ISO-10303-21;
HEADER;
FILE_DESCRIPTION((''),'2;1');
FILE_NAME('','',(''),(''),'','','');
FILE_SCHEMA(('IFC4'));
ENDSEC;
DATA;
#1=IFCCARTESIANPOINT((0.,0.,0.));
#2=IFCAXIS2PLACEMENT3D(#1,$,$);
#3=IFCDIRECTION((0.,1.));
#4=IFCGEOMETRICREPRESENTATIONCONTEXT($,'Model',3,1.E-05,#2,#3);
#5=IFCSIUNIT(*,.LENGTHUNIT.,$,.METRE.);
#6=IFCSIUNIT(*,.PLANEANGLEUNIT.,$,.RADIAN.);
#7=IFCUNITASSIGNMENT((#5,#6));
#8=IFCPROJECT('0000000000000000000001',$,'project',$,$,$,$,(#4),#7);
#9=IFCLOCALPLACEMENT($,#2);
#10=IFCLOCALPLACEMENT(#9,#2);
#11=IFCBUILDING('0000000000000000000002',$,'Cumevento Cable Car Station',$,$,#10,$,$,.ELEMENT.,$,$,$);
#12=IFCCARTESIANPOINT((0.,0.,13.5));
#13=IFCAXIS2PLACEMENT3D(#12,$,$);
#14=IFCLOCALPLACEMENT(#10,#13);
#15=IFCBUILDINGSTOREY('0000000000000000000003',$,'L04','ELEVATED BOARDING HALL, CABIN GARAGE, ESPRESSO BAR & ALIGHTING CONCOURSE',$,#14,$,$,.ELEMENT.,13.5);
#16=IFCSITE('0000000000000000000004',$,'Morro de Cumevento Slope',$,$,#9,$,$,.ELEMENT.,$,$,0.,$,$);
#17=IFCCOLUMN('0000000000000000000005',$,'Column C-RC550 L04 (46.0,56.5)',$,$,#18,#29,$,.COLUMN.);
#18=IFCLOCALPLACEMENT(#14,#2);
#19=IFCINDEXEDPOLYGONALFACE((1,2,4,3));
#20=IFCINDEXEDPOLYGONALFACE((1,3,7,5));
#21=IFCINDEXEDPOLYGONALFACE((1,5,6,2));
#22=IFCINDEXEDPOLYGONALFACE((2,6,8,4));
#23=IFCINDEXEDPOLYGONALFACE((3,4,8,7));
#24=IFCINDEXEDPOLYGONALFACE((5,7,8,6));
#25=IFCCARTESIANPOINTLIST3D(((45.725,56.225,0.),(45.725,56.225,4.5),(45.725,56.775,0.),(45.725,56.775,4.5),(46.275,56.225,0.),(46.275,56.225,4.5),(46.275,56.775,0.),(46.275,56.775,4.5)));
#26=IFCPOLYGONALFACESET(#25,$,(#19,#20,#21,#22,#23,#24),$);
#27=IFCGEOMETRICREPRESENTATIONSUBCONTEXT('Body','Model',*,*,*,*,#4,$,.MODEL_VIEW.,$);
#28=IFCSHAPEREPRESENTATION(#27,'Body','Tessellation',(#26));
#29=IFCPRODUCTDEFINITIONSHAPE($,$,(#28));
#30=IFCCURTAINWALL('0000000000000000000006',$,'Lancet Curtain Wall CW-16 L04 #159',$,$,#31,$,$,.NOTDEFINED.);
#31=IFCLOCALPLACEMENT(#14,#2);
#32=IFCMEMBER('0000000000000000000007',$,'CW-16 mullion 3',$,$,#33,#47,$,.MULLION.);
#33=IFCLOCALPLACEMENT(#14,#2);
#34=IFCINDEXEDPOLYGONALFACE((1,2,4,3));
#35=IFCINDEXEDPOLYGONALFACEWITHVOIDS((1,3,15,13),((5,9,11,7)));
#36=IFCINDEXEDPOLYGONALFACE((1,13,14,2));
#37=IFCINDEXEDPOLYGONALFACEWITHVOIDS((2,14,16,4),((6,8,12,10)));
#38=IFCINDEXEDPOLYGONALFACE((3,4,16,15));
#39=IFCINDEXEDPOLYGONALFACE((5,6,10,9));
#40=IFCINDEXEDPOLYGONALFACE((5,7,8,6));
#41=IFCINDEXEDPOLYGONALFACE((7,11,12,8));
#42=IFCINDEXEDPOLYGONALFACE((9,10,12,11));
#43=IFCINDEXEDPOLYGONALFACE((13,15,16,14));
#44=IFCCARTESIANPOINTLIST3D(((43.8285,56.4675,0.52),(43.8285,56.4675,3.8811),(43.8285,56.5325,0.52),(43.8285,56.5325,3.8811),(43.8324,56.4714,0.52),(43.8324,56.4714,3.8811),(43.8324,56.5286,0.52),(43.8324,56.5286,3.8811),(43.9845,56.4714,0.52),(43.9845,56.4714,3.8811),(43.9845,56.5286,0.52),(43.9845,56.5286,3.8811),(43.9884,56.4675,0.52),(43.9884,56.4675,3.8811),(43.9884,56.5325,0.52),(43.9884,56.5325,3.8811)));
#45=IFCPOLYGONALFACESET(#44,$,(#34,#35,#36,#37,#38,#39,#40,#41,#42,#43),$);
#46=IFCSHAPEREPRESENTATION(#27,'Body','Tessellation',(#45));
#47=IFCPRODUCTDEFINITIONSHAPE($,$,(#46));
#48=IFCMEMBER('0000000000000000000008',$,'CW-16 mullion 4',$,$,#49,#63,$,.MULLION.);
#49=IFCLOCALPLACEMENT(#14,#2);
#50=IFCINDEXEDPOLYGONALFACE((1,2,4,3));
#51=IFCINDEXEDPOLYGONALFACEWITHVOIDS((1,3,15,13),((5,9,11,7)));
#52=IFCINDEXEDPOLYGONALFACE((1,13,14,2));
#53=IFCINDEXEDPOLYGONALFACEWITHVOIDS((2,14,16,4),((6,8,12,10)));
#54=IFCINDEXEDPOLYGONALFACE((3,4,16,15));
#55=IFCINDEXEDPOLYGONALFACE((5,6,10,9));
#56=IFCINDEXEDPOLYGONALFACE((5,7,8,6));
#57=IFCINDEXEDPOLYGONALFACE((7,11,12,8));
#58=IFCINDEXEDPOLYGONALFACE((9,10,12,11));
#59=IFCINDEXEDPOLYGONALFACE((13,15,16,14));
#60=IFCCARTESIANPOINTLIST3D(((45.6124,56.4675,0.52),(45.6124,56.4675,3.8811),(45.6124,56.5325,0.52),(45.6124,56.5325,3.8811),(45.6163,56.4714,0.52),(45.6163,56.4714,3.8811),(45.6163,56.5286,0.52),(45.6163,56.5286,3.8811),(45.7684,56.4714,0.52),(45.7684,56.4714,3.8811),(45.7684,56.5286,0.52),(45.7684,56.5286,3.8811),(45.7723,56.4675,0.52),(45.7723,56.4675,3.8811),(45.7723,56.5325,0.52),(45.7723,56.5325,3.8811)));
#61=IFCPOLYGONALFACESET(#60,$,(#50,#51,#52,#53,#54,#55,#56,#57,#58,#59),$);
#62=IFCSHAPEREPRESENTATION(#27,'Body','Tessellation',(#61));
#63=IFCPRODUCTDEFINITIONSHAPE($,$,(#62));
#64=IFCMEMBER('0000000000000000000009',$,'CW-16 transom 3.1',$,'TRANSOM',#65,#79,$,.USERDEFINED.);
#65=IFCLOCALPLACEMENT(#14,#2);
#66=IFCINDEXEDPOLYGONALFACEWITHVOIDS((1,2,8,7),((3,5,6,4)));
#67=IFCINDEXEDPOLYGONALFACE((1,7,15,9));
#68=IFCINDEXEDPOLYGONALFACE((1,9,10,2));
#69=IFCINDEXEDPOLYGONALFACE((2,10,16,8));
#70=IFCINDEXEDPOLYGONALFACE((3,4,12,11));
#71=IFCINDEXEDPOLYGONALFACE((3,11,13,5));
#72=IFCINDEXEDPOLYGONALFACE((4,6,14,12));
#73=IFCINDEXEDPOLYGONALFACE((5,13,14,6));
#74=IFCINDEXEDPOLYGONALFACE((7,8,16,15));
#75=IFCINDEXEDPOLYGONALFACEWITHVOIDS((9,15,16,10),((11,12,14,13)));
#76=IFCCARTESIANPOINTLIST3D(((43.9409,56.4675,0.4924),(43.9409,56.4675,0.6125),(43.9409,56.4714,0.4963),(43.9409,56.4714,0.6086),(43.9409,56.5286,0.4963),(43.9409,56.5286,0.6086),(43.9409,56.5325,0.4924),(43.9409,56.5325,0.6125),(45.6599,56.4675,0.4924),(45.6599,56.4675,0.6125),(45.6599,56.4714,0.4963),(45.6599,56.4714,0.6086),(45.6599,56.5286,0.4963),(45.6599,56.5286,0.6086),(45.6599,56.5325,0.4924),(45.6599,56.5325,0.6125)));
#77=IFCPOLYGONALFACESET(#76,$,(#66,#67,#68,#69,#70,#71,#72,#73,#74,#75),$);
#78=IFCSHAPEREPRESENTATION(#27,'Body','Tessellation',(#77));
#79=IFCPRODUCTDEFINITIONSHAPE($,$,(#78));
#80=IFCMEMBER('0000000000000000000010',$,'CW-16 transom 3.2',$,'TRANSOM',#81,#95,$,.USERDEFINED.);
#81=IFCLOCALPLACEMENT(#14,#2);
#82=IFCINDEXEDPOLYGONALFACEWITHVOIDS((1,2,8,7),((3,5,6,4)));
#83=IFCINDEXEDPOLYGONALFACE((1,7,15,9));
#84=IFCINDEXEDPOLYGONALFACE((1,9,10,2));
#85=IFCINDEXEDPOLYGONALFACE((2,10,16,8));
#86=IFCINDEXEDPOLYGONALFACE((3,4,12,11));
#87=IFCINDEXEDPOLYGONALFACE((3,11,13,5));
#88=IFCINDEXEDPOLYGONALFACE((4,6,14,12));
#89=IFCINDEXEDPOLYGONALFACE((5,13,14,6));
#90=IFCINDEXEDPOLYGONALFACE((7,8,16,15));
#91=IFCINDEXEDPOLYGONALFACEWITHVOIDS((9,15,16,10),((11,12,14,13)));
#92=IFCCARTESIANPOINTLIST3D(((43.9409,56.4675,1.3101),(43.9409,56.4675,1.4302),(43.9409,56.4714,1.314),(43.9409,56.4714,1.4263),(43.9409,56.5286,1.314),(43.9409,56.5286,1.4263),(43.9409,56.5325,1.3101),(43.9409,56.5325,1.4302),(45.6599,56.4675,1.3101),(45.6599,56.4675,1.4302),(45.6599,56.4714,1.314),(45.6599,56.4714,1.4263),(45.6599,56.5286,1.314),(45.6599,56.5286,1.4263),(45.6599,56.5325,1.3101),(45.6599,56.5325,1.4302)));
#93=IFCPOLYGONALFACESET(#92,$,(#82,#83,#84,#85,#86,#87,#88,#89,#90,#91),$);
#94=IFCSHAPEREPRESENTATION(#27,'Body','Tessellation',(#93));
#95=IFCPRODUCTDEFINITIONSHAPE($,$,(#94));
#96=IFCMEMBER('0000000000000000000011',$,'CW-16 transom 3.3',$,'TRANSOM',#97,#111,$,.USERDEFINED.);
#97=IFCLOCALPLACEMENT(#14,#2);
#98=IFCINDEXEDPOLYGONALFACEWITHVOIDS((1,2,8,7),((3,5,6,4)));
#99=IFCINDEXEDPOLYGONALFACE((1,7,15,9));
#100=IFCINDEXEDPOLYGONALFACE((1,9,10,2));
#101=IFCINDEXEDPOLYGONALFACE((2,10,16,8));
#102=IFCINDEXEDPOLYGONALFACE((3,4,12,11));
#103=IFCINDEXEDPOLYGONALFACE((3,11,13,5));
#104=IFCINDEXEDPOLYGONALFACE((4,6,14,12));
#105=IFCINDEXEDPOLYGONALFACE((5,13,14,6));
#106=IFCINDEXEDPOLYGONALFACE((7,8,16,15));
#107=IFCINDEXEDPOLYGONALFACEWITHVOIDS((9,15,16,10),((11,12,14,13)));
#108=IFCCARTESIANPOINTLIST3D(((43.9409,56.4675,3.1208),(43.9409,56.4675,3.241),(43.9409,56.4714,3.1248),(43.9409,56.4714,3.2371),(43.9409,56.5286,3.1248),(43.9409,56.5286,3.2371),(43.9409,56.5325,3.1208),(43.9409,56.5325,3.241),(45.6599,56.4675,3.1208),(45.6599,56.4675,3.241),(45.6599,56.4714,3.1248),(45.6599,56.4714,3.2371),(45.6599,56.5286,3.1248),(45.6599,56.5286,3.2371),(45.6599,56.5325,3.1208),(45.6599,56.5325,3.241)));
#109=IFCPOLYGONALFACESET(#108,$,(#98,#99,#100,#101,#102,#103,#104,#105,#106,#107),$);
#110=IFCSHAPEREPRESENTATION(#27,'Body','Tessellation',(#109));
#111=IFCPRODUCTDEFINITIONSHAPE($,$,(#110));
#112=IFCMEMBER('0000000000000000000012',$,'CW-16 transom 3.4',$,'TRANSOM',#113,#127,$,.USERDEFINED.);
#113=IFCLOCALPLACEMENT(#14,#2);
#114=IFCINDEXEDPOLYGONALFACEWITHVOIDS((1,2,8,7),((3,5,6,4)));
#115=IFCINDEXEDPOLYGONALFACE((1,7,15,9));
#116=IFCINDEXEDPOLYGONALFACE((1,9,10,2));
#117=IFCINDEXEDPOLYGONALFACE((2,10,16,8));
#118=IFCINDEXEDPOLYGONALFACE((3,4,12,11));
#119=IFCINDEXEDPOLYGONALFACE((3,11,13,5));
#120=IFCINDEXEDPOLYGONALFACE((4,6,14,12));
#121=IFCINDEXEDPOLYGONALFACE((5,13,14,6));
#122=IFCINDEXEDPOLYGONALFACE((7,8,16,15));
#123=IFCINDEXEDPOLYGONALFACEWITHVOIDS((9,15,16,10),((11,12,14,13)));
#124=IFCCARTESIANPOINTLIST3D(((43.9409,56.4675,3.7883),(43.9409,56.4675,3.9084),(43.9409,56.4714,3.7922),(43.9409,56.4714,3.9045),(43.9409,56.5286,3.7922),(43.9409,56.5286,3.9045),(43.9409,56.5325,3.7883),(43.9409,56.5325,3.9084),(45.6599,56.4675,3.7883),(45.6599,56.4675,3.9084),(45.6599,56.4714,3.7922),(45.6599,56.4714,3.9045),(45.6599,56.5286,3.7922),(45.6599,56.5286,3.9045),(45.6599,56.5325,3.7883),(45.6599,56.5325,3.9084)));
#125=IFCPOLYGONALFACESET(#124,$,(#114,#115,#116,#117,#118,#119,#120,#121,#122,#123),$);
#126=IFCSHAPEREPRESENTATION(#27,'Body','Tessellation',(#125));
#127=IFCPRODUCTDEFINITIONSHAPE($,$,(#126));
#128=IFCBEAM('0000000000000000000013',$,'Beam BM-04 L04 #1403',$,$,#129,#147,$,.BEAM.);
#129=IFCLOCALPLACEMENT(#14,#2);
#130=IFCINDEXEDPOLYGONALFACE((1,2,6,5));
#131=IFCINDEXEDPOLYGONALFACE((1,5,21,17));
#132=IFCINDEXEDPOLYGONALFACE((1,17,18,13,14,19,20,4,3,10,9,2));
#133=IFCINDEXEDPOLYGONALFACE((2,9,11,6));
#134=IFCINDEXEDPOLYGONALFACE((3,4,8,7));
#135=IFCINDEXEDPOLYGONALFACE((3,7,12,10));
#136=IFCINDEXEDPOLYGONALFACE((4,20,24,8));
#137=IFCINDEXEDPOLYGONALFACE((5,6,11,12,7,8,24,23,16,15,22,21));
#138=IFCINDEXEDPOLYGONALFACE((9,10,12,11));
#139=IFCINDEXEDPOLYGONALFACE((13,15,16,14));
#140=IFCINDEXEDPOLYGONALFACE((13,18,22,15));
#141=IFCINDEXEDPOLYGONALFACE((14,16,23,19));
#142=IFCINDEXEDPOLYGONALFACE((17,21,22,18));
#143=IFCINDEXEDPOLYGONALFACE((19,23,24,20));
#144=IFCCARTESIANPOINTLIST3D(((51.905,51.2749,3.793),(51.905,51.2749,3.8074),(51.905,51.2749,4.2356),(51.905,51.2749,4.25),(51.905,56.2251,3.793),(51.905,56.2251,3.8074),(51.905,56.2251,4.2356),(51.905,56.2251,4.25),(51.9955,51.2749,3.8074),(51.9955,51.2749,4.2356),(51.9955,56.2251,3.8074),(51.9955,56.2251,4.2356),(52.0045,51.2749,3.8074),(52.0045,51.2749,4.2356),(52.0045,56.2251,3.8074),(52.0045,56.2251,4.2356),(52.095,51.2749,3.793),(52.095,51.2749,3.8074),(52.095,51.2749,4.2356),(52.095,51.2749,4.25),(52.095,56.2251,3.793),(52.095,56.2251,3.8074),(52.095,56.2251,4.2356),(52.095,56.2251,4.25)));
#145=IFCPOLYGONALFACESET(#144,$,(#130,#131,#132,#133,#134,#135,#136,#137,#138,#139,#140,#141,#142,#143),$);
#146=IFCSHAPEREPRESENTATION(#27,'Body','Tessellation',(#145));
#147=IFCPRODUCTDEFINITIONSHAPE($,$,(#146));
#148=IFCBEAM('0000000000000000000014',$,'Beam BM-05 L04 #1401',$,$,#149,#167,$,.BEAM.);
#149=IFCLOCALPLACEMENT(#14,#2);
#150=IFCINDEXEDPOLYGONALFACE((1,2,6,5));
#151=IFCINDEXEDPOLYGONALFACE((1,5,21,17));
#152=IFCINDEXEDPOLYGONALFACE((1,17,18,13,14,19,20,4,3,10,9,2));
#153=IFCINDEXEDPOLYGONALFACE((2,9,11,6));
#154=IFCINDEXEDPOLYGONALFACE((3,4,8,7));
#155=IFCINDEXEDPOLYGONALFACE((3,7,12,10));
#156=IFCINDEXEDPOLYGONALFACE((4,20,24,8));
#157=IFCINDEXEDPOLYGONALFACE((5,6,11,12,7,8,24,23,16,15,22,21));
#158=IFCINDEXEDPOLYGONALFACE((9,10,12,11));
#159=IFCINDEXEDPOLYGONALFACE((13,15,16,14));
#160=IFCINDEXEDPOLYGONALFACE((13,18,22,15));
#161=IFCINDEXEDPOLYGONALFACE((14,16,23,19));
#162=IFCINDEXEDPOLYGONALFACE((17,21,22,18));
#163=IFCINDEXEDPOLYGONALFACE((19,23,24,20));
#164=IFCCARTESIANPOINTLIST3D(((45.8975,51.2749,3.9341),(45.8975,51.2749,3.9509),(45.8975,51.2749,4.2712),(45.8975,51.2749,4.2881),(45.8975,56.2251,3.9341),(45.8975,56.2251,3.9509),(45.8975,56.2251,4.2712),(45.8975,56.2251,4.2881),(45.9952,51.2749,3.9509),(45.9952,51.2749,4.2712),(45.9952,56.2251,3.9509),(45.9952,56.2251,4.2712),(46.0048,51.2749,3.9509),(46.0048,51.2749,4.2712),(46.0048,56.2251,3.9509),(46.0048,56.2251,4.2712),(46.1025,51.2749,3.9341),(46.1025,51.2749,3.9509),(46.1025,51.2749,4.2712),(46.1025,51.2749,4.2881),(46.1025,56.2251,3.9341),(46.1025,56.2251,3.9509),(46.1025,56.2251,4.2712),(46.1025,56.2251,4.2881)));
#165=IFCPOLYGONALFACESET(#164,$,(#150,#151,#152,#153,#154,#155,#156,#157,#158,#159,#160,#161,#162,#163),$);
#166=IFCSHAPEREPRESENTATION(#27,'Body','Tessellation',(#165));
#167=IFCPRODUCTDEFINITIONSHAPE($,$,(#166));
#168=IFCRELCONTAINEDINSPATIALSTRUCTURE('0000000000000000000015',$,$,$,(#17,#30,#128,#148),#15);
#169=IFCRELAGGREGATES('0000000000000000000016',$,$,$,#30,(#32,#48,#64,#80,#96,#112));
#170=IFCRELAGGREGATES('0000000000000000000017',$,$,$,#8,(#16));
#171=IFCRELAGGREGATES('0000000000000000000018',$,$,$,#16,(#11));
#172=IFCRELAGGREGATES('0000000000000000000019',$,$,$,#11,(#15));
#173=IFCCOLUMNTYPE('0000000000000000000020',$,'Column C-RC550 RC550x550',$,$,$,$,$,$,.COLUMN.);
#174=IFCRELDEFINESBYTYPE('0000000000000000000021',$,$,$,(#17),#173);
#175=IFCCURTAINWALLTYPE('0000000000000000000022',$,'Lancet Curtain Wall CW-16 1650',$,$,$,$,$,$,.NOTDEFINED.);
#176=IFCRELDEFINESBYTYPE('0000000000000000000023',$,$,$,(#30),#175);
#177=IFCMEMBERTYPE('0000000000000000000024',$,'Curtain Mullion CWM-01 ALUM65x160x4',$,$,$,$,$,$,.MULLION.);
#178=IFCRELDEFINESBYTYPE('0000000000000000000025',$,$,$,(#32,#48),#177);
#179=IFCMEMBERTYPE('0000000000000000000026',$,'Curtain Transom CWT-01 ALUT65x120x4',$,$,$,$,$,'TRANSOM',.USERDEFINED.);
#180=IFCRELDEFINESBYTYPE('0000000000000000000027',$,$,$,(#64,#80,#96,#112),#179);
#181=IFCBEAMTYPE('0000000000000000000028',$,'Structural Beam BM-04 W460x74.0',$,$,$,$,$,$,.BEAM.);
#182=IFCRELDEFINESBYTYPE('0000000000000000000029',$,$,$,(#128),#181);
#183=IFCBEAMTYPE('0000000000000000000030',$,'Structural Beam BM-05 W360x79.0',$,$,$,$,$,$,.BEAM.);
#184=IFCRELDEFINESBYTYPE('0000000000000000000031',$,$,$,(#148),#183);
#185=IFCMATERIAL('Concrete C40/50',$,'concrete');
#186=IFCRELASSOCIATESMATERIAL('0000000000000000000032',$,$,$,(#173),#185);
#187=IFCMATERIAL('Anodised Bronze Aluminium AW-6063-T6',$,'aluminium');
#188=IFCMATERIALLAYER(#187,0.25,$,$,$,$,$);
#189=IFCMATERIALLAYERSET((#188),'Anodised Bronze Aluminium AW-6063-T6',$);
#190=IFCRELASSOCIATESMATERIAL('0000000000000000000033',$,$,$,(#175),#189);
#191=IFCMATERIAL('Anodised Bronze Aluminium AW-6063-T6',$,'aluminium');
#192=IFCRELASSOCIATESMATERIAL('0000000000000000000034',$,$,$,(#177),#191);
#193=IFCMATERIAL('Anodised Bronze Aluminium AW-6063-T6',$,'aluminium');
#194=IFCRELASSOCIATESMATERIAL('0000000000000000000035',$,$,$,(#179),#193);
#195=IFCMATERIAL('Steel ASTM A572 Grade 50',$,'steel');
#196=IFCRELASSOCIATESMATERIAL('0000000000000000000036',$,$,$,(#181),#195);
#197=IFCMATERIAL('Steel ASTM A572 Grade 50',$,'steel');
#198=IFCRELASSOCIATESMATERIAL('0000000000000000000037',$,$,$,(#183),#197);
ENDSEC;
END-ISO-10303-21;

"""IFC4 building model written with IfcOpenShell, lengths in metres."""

from ifc_helpers import new_model, si_unit, direction, frame, origin, origin_2d, place, context, subcontext, project, spatial, rectangle, hollow_rectangle, i_section, extrude, material, layer, layer_set, material_profile, profile_set, type_object, element, aggregate, save


model = new_model("IFC4")

# Units and contexts
model_context = context("Model", 3, precision=1e-05, world=origin(), true_north=direction((0.0, 1.0)))
body_context = subcontext(model_context, "Body", "Model", "MODEL_VIEW")
ifc_project = project(units=[si_unit("LENGTHUNIT", "METRE"), si_unit("PLANEANGLEUNIT", "RADIAN")], contexts=[model_context])

# Site, building, storey
site_placement = place(None, origin())
site = spatial("IfcSite", under=ifc_project, at=site_placement, Name="Morro de Cumevento Slope", CompositionType="ELEMENT", RefElevation=0.0)
building_placement = place(site_placement, origin())
building = spatial("IfcBuilding", under=site, at=building_placement, Name="Cumevento Cable Car Station", CompositionType="ELEMENT")
storey_placement = place(building_placement, frame((0.0, 0.0, 13.5)))
storey = spatial("IfcBuildingStorey", under=building, at=storey_placement, Name="L04", Description="ELEVATED BOARDING HALL, CABIN GARAGE, ESPRESSO BAR & ALIGHTING CONCOURSE", CompositionType="ELEMENT", Elevation=13.5)

# Column
ifc_material_1 = material(Name="Concrete C40/50", Category="concrete")
ifc_material_profile_1 = material_profile(ifc_material_1, rectangle(XDim=0.55, YDim=0.55, at=origin_2d()), Name="RC550x550")
ifc_profile_set_1 = profile_set([ifc_material_profile_1], Name="Concrete C40/50")
column_type = type_object("IfcColumnType", Name="Column C-RC550 RC550x550", PredefinedType="COLUMN", material=ifc_profile_set_1)
column_placement = place(storey_placement, frame((46.0, 56.5, 0.0), z_axis=(0.0, 0.0, 1.0), x_axis=(1.0, 0.0, 0.0)))
element("IfcColumn", 1, at=column_placement, inside=storey, type_object=column_type, Name="Column C-RC550 L04 (46.0,56.5)", PredefinedType="COLUMN", context=body_context, shape_type="SweptSolid", body=[
    extrude(rectangle(XDim=0.55, YDim=0.55, at=origin_2d()), origin(), (0.0, 0.0, 1.0), 4.5),
])

# Curtain wall, members
ifc_material_2 = material(Name="Anodised Bronze Aluminium AW-6063-T6", Category="aluminium")
ifc_layer_1 = layer(ifc_material_2, 0.25)
ifc_layer_set_1 = layer_set([ifc_layer_1], Name="Anodised Bronze Aluminium AW-6063-T6")
curtain_wall_type = type_object("IfcCurtainWallType", Name="Lancet Curtain Wall CW-16 1650", PredefinedType="NOTDEFINED", material=ifc_layer_set_1)
curtain_wall_placement = place(storey_placement, origin())
curtain_wall = element("IfcCurtainWall", 2, at=curtain_wall_placement, inside=storey, type_object=curtain_wall_type, Name="Lancet Curtain Wall CW-16 L04 #159", PredefinedType="NOTDEFINED")
ifc_material_3 = material(Name="Anodised Bronze Aluminium AW-6063-T6", Category="aluminium")
ifc_material_profile_2 = material_profile(ifc_material_3, hollow_rectangle(XDim=0.0649, YDim=0.1599, WallThickness=0.0039, at=origin_2d()), Name="ALUM65x160x4")
ifc_profile_set_2 = profile_set([ifc_material_profile_2], Name="Anodised Bronze Aluminium AW-6063-T6")
member_type_1 = type_object("IfcMemberType", Name="Curtain Mullion CWM-01 ALUM65x160x4", PredefinedType="MULLION", material=ifc_profile_set_2)
member_1_placement = place(storey_placement, frame((43.9084, 56.5, 0.52), z_axis=(0.0, 0.0, 1.0), x_axis=(0.0, 1.0, 0.0)))
member_1 = element("IfcMember", 3, at=member_1_placement, type_object=member_type_1, Name="CW-16 mullion 3", PredefinedType="MULLION", context=body_context, shape_type="SweptSolid", body=[
    extrude(hollow_rectangle(XDim=0.0649, YDim=0.1599, WallThickness=0.0039, at=origin_2d()), origin(), (0.0, 0.0, 1.0), 3.3611),
])
member_2_placement = place(storey_placement, frame((45.6924, 56.5, 0.52), z_axis=(0.0, 0.0, 1.0), x_axis=(0.0, 1.0, 0.0)))
member_2 = element("IfcMember", 4, at=member_2_placement, type_object=member_type_1, Name="CW-16 mullion 4", PredefinedType="MULLION", context=body_context, shape_type="SweptSolid", body=[
    extrude(hollow_rectangle(XDim=0.0649, YDim=0.1599, WallThickness=0.0039, at=origin_2d()), origin(), (0.0, 0.0, 1.0), 3.3611),
])
ifc_material_4 = material(Name="Anodised Bronze Aluminium AW-6063-T6", Category="aluminium")
ifc_material_profile_3 = material_profile(ifc_material_4, hollow_rectangle(XDim=0.0649, YDim=0.1201, WallThickness=0.0039, at=origin_2d()), Name="ALUT65x120x4")
ifc_profile_set_3 = profile_set([ifc_material_profile_3], Name="Anodised Bronze Aluminium AW-6063-T6")
member_type_2 = type_object("IfcMemberType", Name="Curtain Transom CWT-01 ALUT65x120x4", ElementType="TRANSOM", PredefinedType="USERDEFINED", material=ifc_profile_set_3)
member_3_placement = place(storey_placement, frame((43.9409, 56.5, 0.5525), z_axis=(1.0, 0.0, 0.0), x_axis=(0.0, 1.0, 0.0)))
member_3 = element("IfcMember", 5, at=member_3_placement, type_object=member_type_2, Name="CW-16 transom 3.1", ObjectType="TRANSOM", PredefinedType="USERDEFINED", context=body_context, shape_type="SweptSolid", body=[
    extrude(hollow_rectangle(XDim=0.0649, YDim=0.1201, WallThickness=0.0039, at=origin_2d()), origin(), (0.0, 0.0, 1.0), 1.719),
])
member_4_placement = place(storey_placement, frame((43.9409, 56.5, 1.3701), z_axis=(1.0, 0.0, 0.0), x_axis=(0.0, 1.0, 0.0)))
member_4 = element("IfcMember", 6, at=member_4_placement, type_object=member_type_2, Name="CW-16 transom 3.2", ObjectType="TRANSOM", PredefinedType="USERDEFINED", context=body_context, shape_type="SweptSolid", body=[
    extrude(hollow_rectangle(XDim=0.0649, YDim=0.1201, WallThickness=0.0039, at=origin_2d()), origin(), (0.0, 0.0, 1.0), 1.719),
])
member_5_placement = place(storey_placement, frame((43.9409, 56.5, 3.1809), z_axis=(1.0, 0.0, 0.0), x_axis=(0.0, 1.0, 0.0)))
member_5 = element("IfcMember", 7, at=member_5_placement, type_object=member_type_2, Name="CW-16 transom 3.3", ObjectType="TRANSOM", PredefinedType="USERDEFINED", context=body_context, shape_type="SweptSolid", body=[
    extrude(hollow_rectangle(XDim=0.0649, YDim=0.1201, WallThickness=0.0039, at=origin_2d()), origin(), (0.0, 0.0, 1.0), 1.719),
])
member_6_placement = place(storey_placement, frame((43.9409, 56.5, 3.8484), z_axis=(1.0, 0.0, 0.0), x_axis=(0.0, 1.0, 0.0)))
member_6 = element("IfcMember", 8, at=member_6_placement, type_object=member_type_2, Name="CW-16 transom 3.4", ObjectType="TRANSOM", PredefinedType="USERDEFINED", context=body_context, shape_type="SweptSolid", body=[
    extrude(hollow_rectangle(XDim=0.0649, YDim=0.1201, WallThickness=0.0039, at=origin_2d()), origin(), (0.0, 0.0, 1.0), 1.719),
])

# Beams
ifc_material_5 = material(Name="Steel ASTM A572 Grade 50", Category="steel")
ifc_material_profile_4 = material_profile(ifc_material_5, i_section(OverallWidth=0.1899, OverallDepth=0.457, WebThickness=0.009, FlangeThickness=0.0144, at=origin_2d()), Name="W460x74.0")
ifc_profile_set_4 = profile_set([ifc_material_profile_4], Name="Steel ASTM A572 Grade 50")
beam_type_1 = type_object("IfcBeamType", Name="Structural Beam BM-04 W460x74.0", PredefinedType="BEAM", material=ifc_profile_set_4)
beam_1_placement = place(storey_placement, frame((52.0, 51.2749, 4.0215), z_axis=(0.0, 1.0, 0.0), x_axis=(-1.0, 0.0, 0.0)))
element("IfcBeam", 9, at=beam_1_placement, inside=storey, type_object=beam_type_1, Name="Beam BM-04 L04 #1403", PredefinedType="BEAM", context=body_context, shape_type="SweptSolid", body=[
    extrude(i_section(OverallWidth=0.1899, OverallDepth=0.457, WebThickness=0.009, FlangeThickness=0.0144, at=origin_2d()), origin(), (0.0, 0.0, 1.0), 4.9502),
])
ifc_material_6 = material(Name="Steel ASTM A572 Grade 50", Category="steel")
ifc_material_profile_5 = material_profile(ifc_material_6, i_section(OverallWidth=0.2051, OverallDepth=0.354, WebThickness=0.0095, FlangeThickness=0.0168, at=origin_2d()), Name="W360x79.0")
ifc_profile_set_5 = profile_set([ifc_material_profile_5], Name="Steel ASTM A572 Grade 50")
beam_type_2 = type_object("IfcBeamType", Name="Structural Beam BM-05 W360x79.0", PredefinedType="BEAM", material=ifc_profile_set_5)
beam_2_placement = place(storey_placement, frame((46.0, 51.2749, 4.1111), z_axis=(0.0, 1.0, 0.0), x_axis=(-1.0, 0.0, 0.0)))
element("IfcBeam", 10, at=beam_2_placement, inside=storey, type_object=beam_type_2, Name="Beam BM-05 L04 #1401", PredefinedType="BEAM", context=body_context, shape_type="SweptSolid", body=[
    extrude(i_section(OverallWidth=0.2051, OverallDepth=0.354, WebThickness=0.0095, FlangeThickness=0.0168, at=origin_2d()), origin(), (0.0, 0.0, 1.0), 4.9502),
])

aggregate(curtain_wall, [member_1, member_2, member_3, member_4, member_5, member_6])

save(model, "model.ifc")
